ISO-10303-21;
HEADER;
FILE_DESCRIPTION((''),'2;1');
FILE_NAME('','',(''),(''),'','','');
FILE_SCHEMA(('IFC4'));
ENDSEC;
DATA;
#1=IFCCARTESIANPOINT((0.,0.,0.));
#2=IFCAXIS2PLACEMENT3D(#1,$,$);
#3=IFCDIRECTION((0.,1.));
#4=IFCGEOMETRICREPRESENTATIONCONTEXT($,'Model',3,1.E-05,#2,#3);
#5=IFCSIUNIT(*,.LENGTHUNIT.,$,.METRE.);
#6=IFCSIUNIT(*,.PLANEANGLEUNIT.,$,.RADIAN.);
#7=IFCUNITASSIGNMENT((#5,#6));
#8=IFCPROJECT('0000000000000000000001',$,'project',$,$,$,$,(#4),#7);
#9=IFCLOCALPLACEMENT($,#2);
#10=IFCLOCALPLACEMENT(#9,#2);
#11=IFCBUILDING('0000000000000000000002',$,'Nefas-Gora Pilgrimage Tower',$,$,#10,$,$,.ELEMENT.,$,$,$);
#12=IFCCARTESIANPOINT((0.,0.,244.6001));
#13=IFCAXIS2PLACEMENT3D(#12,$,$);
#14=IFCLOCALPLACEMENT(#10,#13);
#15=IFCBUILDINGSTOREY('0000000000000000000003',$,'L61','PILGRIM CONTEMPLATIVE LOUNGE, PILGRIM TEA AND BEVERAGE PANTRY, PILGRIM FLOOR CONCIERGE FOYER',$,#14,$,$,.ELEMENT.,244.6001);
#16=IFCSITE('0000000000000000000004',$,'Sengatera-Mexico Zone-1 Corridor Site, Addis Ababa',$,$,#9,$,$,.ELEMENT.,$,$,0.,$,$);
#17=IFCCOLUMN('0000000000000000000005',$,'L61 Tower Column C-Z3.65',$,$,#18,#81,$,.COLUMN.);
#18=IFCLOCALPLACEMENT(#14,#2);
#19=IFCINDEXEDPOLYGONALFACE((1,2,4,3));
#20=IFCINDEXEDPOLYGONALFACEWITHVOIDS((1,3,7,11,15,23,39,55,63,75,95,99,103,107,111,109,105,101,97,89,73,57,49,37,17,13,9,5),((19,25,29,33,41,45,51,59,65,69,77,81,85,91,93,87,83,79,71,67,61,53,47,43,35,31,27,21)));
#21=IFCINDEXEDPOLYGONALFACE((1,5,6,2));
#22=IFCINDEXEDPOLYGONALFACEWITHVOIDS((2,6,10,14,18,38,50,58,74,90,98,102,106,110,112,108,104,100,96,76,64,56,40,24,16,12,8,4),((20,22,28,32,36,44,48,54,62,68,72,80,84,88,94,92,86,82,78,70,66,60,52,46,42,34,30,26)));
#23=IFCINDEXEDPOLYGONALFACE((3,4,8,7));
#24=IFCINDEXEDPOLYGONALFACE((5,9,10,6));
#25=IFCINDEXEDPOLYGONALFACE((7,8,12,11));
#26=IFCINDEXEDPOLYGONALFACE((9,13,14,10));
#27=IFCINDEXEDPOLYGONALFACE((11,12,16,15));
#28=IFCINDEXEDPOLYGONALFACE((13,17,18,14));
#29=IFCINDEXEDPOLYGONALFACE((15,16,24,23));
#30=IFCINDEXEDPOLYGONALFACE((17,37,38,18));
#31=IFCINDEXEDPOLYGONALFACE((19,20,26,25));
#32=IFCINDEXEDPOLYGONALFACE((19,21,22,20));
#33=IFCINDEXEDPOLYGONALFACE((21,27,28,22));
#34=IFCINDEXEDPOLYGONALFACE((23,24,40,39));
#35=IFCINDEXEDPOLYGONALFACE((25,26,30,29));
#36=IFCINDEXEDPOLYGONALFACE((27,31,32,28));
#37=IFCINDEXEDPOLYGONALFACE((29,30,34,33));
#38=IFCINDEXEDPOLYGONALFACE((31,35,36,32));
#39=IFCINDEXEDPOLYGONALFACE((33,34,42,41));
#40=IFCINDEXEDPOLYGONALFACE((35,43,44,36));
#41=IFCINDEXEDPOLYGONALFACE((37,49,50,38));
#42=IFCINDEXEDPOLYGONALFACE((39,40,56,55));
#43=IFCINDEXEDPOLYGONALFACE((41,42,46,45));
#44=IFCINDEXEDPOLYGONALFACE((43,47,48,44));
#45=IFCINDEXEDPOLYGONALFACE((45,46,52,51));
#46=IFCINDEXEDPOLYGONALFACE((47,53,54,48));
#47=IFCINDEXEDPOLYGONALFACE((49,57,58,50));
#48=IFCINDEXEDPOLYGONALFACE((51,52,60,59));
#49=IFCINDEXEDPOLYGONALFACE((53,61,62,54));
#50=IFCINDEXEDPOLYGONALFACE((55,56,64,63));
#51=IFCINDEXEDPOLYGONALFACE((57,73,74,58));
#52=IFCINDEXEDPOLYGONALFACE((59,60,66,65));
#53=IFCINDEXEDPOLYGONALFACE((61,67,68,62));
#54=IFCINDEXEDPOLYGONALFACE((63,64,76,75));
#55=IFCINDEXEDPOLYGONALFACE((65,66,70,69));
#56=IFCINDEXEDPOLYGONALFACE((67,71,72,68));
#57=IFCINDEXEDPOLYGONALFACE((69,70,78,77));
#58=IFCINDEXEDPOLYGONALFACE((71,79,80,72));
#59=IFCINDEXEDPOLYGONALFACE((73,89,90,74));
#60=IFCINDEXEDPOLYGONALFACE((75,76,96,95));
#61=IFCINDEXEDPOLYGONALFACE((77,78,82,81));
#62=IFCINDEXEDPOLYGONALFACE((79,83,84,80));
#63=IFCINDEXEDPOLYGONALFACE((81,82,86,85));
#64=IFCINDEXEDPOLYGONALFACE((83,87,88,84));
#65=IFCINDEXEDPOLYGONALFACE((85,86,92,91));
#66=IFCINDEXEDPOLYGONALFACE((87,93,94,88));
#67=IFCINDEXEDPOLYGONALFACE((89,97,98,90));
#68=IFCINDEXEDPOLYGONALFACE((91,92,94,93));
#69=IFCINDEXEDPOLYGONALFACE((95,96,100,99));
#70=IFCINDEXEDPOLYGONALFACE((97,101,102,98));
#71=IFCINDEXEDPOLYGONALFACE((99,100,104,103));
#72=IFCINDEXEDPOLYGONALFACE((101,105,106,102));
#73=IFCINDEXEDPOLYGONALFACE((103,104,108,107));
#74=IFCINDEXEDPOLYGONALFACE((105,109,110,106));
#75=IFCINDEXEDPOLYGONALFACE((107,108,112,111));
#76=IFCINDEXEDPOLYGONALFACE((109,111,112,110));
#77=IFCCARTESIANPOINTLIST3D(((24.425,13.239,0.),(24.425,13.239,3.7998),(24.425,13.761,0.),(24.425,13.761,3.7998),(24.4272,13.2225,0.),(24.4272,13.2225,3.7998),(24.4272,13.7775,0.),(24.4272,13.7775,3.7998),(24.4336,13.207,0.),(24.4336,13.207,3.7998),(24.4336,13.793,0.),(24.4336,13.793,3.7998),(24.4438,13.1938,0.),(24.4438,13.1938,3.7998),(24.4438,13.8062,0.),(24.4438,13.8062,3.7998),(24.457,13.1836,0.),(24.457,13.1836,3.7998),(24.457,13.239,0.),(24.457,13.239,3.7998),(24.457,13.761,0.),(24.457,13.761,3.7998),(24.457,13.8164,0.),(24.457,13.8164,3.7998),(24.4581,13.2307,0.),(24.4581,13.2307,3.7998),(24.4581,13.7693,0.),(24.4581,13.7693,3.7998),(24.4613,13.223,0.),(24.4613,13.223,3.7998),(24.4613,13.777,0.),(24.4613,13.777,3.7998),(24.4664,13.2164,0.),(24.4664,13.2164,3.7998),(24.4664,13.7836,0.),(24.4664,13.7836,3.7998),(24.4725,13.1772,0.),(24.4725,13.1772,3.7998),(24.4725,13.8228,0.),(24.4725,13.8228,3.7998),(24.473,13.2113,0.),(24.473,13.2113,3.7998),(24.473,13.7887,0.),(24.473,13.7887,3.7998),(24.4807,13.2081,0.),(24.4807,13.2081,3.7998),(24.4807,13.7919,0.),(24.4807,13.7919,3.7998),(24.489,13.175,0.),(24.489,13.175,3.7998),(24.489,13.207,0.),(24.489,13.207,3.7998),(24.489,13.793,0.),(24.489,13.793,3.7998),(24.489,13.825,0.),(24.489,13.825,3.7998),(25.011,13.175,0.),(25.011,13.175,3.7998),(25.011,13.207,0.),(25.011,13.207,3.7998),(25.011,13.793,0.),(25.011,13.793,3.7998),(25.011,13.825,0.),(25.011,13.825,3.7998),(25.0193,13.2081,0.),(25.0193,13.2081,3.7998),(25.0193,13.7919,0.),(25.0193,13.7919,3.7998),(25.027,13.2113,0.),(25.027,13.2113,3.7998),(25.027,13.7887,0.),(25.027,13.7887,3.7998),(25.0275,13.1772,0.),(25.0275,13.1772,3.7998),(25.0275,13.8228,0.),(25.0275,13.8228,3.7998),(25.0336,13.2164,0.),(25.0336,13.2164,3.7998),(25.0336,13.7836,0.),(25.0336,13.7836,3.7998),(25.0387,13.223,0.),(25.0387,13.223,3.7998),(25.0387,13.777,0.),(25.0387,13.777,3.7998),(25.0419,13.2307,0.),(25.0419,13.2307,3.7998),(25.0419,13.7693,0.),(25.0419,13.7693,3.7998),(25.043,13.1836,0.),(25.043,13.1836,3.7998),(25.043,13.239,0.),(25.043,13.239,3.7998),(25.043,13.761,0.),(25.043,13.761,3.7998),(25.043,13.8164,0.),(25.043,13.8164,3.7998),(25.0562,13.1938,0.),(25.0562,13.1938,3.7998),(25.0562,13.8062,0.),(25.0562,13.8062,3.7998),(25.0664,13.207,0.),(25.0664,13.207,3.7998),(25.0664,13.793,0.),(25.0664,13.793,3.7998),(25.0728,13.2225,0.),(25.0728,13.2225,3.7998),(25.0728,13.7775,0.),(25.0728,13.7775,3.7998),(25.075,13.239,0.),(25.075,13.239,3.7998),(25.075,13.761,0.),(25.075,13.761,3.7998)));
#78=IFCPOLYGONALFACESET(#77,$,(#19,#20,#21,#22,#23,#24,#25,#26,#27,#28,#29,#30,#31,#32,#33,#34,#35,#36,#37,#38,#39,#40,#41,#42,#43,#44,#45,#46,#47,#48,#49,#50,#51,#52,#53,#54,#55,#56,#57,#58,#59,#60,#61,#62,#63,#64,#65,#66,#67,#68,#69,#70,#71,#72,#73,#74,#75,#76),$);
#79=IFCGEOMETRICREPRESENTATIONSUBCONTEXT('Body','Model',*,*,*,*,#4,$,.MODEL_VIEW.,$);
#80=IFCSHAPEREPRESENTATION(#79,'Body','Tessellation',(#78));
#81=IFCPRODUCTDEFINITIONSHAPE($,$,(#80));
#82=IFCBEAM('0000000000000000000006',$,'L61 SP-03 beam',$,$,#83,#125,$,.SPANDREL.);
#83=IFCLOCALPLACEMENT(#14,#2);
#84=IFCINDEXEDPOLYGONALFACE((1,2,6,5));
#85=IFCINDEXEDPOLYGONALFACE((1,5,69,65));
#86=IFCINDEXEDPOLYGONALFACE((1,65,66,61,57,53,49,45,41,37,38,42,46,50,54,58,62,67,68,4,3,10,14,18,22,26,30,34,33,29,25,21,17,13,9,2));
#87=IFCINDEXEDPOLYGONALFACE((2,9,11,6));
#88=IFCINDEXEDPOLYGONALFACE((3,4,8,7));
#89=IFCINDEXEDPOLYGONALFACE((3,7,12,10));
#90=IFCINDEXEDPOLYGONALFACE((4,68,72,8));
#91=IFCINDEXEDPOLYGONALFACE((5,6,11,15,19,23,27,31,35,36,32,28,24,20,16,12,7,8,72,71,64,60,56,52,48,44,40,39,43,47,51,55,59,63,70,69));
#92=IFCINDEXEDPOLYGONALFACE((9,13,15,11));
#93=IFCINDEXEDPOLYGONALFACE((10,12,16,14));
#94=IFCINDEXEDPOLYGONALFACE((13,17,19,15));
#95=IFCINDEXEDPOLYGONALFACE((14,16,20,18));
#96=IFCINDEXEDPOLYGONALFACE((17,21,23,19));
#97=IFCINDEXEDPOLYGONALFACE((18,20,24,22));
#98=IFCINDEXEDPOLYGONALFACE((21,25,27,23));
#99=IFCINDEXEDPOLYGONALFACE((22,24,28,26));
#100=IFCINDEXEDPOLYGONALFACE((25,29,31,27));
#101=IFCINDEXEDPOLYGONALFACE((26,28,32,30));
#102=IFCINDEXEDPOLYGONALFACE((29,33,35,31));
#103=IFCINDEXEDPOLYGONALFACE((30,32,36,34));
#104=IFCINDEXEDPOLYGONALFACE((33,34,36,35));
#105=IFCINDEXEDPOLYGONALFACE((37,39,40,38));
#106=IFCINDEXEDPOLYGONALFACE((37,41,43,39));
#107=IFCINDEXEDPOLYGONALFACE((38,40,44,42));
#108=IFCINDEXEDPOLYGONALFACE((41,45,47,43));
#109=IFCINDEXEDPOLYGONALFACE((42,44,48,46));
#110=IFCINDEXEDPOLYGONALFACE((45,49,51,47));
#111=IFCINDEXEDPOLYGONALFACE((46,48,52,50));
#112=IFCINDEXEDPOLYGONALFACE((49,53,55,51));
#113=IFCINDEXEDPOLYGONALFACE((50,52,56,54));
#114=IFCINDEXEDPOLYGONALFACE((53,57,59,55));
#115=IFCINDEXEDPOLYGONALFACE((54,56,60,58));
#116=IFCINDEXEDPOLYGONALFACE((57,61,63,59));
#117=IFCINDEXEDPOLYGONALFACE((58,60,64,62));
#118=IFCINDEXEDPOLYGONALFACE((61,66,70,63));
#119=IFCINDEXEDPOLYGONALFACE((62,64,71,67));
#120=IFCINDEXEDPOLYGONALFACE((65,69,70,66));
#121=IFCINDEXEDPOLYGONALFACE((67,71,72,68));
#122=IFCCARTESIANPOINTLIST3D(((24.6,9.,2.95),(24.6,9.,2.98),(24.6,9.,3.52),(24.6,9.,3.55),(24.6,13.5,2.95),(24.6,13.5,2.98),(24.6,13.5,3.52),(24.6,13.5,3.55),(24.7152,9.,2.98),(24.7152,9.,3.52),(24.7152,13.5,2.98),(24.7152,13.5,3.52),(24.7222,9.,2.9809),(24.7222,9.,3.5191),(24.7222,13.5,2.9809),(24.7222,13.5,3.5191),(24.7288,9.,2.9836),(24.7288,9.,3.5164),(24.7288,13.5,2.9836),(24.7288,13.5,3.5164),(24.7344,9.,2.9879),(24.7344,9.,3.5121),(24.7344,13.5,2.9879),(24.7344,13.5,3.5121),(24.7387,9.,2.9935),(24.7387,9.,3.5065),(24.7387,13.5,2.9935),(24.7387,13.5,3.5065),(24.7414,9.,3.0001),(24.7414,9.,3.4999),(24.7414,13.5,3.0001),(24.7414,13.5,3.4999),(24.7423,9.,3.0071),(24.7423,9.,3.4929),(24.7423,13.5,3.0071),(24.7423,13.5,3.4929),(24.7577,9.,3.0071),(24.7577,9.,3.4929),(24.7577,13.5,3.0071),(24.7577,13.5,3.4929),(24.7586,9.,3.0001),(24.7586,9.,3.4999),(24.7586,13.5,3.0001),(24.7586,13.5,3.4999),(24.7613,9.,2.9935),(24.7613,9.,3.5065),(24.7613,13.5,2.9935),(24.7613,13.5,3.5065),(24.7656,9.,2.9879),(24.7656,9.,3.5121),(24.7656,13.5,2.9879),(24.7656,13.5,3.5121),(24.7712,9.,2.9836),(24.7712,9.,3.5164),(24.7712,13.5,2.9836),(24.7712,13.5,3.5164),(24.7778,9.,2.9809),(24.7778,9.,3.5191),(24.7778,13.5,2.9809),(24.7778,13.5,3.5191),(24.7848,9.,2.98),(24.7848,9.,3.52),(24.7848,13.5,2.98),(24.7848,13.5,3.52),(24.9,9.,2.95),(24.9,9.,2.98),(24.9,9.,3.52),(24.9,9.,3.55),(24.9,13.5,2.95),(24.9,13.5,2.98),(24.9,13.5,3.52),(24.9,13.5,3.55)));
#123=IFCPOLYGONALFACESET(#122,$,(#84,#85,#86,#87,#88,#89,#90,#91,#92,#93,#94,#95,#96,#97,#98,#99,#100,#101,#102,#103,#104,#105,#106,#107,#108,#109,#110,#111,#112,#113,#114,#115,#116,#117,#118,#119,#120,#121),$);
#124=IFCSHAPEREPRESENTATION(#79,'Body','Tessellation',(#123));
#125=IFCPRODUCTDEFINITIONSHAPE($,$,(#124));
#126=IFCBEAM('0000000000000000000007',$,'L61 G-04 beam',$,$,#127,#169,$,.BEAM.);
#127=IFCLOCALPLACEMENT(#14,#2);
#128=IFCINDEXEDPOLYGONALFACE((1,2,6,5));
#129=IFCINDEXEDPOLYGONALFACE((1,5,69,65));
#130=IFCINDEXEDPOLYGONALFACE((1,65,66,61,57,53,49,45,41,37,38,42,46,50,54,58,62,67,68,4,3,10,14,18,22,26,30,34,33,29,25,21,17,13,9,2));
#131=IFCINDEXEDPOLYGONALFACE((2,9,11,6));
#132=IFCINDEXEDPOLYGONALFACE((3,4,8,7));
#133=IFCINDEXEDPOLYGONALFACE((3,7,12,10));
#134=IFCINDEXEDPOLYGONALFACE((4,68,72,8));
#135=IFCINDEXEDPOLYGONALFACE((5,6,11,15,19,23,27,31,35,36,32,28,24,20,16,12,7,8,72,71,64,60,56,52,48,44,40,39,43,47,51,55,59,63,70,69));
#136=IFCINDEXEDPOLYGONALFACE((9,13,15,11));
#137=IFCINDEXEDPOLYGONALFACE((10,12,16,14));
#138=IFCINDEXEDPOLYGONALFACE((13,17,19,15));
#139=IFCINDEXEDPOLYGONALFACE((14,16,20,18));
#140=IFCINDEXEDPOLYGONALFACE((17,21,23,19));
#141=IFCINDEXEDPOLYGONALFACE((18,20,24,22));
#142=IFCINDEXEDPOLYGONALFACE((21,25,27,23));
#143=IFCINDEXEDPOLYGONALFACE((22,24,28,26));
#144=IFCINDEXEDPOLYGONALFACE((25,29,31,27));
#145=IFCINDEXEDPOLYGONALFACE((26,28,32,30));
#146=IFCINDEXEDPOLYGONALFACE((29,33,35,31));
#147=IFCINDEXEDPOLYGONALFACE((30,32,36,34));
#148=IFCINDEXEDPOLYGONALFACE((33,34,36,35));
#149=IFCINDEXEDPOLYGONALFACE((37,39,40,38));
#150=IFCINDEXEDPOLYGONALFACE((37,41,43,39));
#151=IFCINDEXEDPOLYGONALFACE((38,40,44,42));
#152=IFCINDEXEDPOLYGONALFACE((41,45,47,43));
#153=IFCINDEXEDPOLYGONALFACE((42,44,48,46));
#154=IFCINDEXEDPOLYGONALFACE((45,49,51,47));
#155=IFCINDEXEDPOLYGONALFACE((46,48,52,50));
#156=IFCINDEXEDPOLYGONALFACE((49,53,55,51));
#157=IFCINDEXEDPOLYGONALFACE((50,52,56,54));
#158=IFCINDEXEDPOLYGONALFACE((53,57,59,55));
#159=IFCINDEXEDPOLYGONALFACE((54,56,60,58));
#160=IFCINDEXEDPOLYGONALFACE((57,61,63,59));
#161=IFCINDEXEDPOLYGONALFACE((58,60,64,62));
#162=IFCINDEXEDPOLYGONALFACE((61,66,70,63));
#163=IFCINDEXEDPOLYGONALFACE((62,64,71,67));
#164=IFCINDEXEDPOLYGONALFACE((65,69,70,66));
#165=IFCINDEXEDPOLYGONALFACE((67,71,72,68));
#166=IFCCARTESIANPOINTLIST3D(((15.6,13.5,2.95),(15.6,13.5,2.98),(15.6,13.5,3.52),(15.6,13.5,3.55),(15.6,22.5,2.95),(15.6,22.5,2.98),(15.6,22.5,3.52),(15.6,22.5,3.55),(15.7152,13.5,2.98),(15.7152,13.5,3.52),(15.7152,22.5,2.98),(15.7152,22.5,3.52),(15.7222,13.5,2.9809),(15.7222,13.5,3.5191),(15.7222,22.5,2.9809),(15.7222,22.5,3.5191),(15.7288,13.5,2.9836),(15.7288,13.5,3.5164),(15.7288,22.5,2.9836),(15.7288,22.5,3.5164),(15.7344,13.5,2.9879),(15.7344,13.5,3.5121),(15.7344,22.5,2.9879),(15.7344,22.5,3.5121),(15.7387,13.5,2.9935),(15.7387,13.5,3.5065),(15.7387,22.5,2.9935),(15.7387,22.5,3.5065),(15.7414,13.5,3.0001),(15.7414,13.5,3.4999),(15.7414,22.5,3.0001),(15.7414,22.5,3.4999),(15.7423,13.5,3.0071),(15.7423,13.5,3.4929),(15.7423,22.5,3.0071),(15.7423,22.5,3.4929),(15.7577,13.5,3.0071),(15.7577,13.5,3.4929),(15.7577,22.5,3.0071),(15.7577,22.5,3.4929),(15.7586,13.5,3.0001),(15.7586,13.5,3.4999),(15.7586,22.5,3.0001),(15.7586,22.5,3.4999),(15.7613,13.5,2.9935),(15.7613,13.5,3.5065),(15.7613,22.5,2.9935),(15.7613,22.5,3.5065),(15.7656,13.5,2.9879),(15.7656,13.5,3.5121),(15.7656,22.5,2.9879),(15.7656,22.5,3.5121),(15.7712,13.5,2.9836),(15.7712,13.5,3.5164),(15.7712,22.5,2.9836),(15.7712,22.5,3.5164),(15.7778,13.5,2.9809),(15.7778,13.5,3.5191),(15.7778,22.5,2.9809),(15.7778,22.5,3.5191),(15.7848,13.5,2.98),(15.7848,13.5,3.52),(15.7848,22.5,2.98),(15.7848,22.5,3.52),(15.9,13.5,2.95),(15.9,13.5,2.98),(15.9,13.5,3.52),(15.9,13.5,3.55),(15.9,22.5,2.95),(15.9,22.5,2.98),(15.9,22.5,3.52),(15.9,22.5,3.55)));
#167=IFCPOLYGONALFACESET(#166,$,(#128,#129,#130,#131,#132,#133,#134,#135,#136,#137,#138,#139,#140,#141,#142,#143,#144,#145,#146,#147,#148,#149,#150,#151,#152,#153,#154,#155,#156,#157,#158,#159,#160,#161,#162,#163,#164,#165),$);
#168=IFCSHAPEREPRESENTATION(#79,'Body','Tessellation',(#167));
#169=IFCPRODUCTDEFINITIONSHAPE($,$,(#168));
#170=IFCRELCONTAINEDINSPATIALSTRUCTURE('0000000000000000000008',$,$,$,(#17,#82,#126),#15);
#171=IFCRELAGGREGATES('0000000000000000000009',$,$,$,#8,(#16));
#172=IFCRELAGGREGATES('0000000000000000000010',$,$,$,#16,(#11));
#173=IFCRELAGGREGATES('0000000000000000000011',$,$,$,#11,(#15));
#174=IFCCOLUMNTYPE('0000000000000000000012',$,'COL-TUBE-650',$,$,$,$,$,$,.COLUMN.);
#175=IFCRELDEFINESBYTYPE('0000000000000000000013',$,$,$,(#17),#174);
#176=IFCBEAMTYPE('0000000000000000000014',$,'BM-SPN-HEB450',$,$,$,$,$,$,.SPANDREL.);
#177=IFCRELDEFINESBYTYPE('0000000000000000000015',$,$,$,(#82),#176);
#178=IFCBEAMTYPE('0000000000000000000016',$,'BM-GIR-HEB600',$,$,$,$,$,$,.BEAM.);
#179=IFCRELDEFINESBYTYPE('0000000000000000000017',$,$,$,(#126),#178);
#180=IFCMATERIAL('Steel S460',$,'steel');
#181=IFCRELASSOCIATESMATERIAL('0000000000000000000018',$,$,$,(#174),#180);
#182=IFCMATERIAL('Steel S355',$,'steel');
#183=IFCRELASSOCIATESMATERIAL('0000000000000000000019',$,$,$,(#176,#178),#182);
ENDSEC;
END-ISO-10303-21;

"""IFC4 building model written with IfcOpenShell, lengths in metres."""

from ifc_helpers import new_model, si_unit, direction, frame, origin, origin_2d, place, context, subcontext, project, spatial, hollow_rectangle, i_section, extrude, source, transform, mapped, material, material_profile, profile_set, type_object, element, save


model = new_model("IFC4")

# Units and contexts
model_context = context("Model", 3, precision=1e-05, world=origin(), true_north=direction((0.0, 1.0)))
body_context = subcontext(model_context, "Body", "Model", "MODEL_VIEW")
ifc_project = project(units=[si_unit("LENGTHUNIT", "METRE"), si_unit("PLANEANGLEUNIT", "RADIAN")], contexts=[model_context])

# Site, building, storey
site_placement = place(None, origin())
site = spatial("IfcSite", under=ifc_project, at=site_placement, Name="Sengatera-Mexico Zone-1 Corridor Site, Addis Ababa", CompositionType="ELEMENT", RefElevation=0.0)
building_placement = place(site_placement, origin())
building = spatial("IfcBuilding", under=site, at=building_placement, Name="Nefas-Gora Pilgrimage Tower", CompositionType="ELEMENT")
storey_placement = place(building_placement, frame((0.0, 0.0, 244.6001)))
storey = spatial("IfcBuildingStorey", under=building, at=storey_placement, Name="L61", Description="PILGRIM CONTEMPLATIVE LOUNGE, PILGRIM TEA AND BEVERAGE PANTRY, PILGRIM FLOOR CONCIERGE FOYER", CompositionType="ELEMENT", Elevation=244.6001)

# Column
ifc_material_1 = material(Name="Steel S460", Category="steel")
ifc_material_profile_1 = material_profile(ifc_material_1, hollow_rectangle(XDim=0.6499, YDim=0.6499, WallThickness=0.032, InnerFilletRadius=0.032, OuterFilletRadius=0.064, at=origin_2d()), Name="BOX 650x650x32")
ifc_profile_set_1 = profile_set([ifc_material_profile_1], Name="Steel S460")
column_type_1 = type_object("IfcColumnType", Name="COL-TUBE-650", PredefinedType="COLUMN", material=ifc_profile_set_1)
shared_shape_1 = source(origin(), body_context, "Body", "SweptSolid", [
    extrude(hollow_rectangle(XDim=0.6499, YDim=0.6499, WallThickness=0.032, InnerFilletRadius=0.032, OuterFilletRadius=0.064, at=origin_2d()), origin(), (0.0, 0.0, 1.0), 3.7998),
])
for number, where, z_axis, x_axis, name in (
    (1, (24.75, 13.5, 0.0), (0.0, 0.0, 1.0), (1.0, 0.0, 0.0), "L61 Tower Column C-Z3.65"),
):
    element("IfcColumn", number, at=place(storey_placement, frame(where, z_axis=z_axis, x_axis=x_axis)), inside=storey, type_object=column_type_1, Name=name, PredefinedType="COLUMN", context=body_context, shape_type="MappedRepresentation", body=[
        mapped(shared_shape_1, transform((0.0, 0.0, 0.0), x_axis=(1.0, 0.0, 0.0), y_axis=(0.0, 1.0, 0.0), z_axis=(0.0, 0.0, 1.0), scale=1.0)),
    ])

# Beams
ifc_material_2 = material(Name="Steel S355", Category="steel")
ifc_material_profile_2 = material_profile(ifc_material_2, i_section(OverallWidth=0.3, OverallDepth=0.6001, WebThickness=0.0154, FlangeThickness=0.03, FilletRadius=0.0271, at=origin_2d()), Name="HEB 600")
ifc_profile_set_2 = profile_set([ifc_material_profile_2], Name="Steel S355")
beam_type_1 = type_object("IfcBeamType", Name="BM-SPN-HEB450", PredefinedType="SPANDREL", material=ifc_profile_set_2)
shared_shape_2 = source(origin(), body_context, "Body", "SweptSolid", [
    extrude(i_section(OverallWidth=0.3, OverallDepth=0.6001, WebThickness=0.0154, FlangeThickness=0.03, FilletRadius=0.0271, at=origin_2d()), origin(), (0.0, 0.0, 1.0), 4.5),
])
beam_1_placement = place(storey_placement, frame((24.75, 9.0, 3.25), z_axis=(0.0, 1.0, 0.0), x_axis=(-1.0, 0.0, 0.0)))
element("IfcBeam", 2, at=beam_1_placement, inside=storey, type_object=beam_type_1, Name="L61 SP-03 beam", PredefinedType="SPANDREL", context=body_context, shape_type="MappedRepresentation", body=[
    mapped(shared_shape_2, transform((0.0, 0.0, 0.0), x_axis=(1.0, 0.0, 0.0), y_axis=(0.0, 1.0, 0.0), z_axis=(0.0, 0.0, 1.0), scale=1.0)),
])
ifc_material_profile_3 = material_profile(ifc_material_2, i_section(OverallWidth=0.3, OverallDepth=0.6001, WebThickness=0.0154, FlangeThickness=0.03, FilletRadius=0.0271, at=origin_2d()), Name="HEB 600")
ifc_profile_set_3 = profile_set([ifc_material_profile_3], Name="Steel S355")
beam_type_2 = type_object("IfcBeamType", Name="BM-GIR-HEB600", PredefinedType="BEAM", material=ifc_profile_set_3)
shared_shape_3 = source(origin(), body_context, "Body", "SweptSolid", [
    extrude(i_section(OverallWidth=0.3, OverallDepth=0.6001, WebThickness=0.0154, FlangeThickness=0.03, FilletRadius=0.0271, at=origin_2d()), origin(), (0.0, 0.0, 1.0), 9.0),
])
beam_2_placement = place(storey_placement, frame((15.75, 13.5, 3.25), z_axis=(0.0, 1.0, 0.0), x_axis=(-1.0, 0.0, 0.0)))
element("IfcBeam", 3, at=beam_2_placement, inside=storey, type_object=beam_type_2, Name="L61 G-04 beam", PredefinedType="BEAM", context=body_context, shape_type="MappedRepresentation", body=[
    mapped(shared_shape_3, transform((0.0, 0.0, 0.0), x_axis=(1.0, 0.0, 0.0), y_axis=(0.0, 1.0, 0.0), z_axis=(0.0, 0.0, 1.0), scale=1.0)),
])

save(model, "model.ifc")
